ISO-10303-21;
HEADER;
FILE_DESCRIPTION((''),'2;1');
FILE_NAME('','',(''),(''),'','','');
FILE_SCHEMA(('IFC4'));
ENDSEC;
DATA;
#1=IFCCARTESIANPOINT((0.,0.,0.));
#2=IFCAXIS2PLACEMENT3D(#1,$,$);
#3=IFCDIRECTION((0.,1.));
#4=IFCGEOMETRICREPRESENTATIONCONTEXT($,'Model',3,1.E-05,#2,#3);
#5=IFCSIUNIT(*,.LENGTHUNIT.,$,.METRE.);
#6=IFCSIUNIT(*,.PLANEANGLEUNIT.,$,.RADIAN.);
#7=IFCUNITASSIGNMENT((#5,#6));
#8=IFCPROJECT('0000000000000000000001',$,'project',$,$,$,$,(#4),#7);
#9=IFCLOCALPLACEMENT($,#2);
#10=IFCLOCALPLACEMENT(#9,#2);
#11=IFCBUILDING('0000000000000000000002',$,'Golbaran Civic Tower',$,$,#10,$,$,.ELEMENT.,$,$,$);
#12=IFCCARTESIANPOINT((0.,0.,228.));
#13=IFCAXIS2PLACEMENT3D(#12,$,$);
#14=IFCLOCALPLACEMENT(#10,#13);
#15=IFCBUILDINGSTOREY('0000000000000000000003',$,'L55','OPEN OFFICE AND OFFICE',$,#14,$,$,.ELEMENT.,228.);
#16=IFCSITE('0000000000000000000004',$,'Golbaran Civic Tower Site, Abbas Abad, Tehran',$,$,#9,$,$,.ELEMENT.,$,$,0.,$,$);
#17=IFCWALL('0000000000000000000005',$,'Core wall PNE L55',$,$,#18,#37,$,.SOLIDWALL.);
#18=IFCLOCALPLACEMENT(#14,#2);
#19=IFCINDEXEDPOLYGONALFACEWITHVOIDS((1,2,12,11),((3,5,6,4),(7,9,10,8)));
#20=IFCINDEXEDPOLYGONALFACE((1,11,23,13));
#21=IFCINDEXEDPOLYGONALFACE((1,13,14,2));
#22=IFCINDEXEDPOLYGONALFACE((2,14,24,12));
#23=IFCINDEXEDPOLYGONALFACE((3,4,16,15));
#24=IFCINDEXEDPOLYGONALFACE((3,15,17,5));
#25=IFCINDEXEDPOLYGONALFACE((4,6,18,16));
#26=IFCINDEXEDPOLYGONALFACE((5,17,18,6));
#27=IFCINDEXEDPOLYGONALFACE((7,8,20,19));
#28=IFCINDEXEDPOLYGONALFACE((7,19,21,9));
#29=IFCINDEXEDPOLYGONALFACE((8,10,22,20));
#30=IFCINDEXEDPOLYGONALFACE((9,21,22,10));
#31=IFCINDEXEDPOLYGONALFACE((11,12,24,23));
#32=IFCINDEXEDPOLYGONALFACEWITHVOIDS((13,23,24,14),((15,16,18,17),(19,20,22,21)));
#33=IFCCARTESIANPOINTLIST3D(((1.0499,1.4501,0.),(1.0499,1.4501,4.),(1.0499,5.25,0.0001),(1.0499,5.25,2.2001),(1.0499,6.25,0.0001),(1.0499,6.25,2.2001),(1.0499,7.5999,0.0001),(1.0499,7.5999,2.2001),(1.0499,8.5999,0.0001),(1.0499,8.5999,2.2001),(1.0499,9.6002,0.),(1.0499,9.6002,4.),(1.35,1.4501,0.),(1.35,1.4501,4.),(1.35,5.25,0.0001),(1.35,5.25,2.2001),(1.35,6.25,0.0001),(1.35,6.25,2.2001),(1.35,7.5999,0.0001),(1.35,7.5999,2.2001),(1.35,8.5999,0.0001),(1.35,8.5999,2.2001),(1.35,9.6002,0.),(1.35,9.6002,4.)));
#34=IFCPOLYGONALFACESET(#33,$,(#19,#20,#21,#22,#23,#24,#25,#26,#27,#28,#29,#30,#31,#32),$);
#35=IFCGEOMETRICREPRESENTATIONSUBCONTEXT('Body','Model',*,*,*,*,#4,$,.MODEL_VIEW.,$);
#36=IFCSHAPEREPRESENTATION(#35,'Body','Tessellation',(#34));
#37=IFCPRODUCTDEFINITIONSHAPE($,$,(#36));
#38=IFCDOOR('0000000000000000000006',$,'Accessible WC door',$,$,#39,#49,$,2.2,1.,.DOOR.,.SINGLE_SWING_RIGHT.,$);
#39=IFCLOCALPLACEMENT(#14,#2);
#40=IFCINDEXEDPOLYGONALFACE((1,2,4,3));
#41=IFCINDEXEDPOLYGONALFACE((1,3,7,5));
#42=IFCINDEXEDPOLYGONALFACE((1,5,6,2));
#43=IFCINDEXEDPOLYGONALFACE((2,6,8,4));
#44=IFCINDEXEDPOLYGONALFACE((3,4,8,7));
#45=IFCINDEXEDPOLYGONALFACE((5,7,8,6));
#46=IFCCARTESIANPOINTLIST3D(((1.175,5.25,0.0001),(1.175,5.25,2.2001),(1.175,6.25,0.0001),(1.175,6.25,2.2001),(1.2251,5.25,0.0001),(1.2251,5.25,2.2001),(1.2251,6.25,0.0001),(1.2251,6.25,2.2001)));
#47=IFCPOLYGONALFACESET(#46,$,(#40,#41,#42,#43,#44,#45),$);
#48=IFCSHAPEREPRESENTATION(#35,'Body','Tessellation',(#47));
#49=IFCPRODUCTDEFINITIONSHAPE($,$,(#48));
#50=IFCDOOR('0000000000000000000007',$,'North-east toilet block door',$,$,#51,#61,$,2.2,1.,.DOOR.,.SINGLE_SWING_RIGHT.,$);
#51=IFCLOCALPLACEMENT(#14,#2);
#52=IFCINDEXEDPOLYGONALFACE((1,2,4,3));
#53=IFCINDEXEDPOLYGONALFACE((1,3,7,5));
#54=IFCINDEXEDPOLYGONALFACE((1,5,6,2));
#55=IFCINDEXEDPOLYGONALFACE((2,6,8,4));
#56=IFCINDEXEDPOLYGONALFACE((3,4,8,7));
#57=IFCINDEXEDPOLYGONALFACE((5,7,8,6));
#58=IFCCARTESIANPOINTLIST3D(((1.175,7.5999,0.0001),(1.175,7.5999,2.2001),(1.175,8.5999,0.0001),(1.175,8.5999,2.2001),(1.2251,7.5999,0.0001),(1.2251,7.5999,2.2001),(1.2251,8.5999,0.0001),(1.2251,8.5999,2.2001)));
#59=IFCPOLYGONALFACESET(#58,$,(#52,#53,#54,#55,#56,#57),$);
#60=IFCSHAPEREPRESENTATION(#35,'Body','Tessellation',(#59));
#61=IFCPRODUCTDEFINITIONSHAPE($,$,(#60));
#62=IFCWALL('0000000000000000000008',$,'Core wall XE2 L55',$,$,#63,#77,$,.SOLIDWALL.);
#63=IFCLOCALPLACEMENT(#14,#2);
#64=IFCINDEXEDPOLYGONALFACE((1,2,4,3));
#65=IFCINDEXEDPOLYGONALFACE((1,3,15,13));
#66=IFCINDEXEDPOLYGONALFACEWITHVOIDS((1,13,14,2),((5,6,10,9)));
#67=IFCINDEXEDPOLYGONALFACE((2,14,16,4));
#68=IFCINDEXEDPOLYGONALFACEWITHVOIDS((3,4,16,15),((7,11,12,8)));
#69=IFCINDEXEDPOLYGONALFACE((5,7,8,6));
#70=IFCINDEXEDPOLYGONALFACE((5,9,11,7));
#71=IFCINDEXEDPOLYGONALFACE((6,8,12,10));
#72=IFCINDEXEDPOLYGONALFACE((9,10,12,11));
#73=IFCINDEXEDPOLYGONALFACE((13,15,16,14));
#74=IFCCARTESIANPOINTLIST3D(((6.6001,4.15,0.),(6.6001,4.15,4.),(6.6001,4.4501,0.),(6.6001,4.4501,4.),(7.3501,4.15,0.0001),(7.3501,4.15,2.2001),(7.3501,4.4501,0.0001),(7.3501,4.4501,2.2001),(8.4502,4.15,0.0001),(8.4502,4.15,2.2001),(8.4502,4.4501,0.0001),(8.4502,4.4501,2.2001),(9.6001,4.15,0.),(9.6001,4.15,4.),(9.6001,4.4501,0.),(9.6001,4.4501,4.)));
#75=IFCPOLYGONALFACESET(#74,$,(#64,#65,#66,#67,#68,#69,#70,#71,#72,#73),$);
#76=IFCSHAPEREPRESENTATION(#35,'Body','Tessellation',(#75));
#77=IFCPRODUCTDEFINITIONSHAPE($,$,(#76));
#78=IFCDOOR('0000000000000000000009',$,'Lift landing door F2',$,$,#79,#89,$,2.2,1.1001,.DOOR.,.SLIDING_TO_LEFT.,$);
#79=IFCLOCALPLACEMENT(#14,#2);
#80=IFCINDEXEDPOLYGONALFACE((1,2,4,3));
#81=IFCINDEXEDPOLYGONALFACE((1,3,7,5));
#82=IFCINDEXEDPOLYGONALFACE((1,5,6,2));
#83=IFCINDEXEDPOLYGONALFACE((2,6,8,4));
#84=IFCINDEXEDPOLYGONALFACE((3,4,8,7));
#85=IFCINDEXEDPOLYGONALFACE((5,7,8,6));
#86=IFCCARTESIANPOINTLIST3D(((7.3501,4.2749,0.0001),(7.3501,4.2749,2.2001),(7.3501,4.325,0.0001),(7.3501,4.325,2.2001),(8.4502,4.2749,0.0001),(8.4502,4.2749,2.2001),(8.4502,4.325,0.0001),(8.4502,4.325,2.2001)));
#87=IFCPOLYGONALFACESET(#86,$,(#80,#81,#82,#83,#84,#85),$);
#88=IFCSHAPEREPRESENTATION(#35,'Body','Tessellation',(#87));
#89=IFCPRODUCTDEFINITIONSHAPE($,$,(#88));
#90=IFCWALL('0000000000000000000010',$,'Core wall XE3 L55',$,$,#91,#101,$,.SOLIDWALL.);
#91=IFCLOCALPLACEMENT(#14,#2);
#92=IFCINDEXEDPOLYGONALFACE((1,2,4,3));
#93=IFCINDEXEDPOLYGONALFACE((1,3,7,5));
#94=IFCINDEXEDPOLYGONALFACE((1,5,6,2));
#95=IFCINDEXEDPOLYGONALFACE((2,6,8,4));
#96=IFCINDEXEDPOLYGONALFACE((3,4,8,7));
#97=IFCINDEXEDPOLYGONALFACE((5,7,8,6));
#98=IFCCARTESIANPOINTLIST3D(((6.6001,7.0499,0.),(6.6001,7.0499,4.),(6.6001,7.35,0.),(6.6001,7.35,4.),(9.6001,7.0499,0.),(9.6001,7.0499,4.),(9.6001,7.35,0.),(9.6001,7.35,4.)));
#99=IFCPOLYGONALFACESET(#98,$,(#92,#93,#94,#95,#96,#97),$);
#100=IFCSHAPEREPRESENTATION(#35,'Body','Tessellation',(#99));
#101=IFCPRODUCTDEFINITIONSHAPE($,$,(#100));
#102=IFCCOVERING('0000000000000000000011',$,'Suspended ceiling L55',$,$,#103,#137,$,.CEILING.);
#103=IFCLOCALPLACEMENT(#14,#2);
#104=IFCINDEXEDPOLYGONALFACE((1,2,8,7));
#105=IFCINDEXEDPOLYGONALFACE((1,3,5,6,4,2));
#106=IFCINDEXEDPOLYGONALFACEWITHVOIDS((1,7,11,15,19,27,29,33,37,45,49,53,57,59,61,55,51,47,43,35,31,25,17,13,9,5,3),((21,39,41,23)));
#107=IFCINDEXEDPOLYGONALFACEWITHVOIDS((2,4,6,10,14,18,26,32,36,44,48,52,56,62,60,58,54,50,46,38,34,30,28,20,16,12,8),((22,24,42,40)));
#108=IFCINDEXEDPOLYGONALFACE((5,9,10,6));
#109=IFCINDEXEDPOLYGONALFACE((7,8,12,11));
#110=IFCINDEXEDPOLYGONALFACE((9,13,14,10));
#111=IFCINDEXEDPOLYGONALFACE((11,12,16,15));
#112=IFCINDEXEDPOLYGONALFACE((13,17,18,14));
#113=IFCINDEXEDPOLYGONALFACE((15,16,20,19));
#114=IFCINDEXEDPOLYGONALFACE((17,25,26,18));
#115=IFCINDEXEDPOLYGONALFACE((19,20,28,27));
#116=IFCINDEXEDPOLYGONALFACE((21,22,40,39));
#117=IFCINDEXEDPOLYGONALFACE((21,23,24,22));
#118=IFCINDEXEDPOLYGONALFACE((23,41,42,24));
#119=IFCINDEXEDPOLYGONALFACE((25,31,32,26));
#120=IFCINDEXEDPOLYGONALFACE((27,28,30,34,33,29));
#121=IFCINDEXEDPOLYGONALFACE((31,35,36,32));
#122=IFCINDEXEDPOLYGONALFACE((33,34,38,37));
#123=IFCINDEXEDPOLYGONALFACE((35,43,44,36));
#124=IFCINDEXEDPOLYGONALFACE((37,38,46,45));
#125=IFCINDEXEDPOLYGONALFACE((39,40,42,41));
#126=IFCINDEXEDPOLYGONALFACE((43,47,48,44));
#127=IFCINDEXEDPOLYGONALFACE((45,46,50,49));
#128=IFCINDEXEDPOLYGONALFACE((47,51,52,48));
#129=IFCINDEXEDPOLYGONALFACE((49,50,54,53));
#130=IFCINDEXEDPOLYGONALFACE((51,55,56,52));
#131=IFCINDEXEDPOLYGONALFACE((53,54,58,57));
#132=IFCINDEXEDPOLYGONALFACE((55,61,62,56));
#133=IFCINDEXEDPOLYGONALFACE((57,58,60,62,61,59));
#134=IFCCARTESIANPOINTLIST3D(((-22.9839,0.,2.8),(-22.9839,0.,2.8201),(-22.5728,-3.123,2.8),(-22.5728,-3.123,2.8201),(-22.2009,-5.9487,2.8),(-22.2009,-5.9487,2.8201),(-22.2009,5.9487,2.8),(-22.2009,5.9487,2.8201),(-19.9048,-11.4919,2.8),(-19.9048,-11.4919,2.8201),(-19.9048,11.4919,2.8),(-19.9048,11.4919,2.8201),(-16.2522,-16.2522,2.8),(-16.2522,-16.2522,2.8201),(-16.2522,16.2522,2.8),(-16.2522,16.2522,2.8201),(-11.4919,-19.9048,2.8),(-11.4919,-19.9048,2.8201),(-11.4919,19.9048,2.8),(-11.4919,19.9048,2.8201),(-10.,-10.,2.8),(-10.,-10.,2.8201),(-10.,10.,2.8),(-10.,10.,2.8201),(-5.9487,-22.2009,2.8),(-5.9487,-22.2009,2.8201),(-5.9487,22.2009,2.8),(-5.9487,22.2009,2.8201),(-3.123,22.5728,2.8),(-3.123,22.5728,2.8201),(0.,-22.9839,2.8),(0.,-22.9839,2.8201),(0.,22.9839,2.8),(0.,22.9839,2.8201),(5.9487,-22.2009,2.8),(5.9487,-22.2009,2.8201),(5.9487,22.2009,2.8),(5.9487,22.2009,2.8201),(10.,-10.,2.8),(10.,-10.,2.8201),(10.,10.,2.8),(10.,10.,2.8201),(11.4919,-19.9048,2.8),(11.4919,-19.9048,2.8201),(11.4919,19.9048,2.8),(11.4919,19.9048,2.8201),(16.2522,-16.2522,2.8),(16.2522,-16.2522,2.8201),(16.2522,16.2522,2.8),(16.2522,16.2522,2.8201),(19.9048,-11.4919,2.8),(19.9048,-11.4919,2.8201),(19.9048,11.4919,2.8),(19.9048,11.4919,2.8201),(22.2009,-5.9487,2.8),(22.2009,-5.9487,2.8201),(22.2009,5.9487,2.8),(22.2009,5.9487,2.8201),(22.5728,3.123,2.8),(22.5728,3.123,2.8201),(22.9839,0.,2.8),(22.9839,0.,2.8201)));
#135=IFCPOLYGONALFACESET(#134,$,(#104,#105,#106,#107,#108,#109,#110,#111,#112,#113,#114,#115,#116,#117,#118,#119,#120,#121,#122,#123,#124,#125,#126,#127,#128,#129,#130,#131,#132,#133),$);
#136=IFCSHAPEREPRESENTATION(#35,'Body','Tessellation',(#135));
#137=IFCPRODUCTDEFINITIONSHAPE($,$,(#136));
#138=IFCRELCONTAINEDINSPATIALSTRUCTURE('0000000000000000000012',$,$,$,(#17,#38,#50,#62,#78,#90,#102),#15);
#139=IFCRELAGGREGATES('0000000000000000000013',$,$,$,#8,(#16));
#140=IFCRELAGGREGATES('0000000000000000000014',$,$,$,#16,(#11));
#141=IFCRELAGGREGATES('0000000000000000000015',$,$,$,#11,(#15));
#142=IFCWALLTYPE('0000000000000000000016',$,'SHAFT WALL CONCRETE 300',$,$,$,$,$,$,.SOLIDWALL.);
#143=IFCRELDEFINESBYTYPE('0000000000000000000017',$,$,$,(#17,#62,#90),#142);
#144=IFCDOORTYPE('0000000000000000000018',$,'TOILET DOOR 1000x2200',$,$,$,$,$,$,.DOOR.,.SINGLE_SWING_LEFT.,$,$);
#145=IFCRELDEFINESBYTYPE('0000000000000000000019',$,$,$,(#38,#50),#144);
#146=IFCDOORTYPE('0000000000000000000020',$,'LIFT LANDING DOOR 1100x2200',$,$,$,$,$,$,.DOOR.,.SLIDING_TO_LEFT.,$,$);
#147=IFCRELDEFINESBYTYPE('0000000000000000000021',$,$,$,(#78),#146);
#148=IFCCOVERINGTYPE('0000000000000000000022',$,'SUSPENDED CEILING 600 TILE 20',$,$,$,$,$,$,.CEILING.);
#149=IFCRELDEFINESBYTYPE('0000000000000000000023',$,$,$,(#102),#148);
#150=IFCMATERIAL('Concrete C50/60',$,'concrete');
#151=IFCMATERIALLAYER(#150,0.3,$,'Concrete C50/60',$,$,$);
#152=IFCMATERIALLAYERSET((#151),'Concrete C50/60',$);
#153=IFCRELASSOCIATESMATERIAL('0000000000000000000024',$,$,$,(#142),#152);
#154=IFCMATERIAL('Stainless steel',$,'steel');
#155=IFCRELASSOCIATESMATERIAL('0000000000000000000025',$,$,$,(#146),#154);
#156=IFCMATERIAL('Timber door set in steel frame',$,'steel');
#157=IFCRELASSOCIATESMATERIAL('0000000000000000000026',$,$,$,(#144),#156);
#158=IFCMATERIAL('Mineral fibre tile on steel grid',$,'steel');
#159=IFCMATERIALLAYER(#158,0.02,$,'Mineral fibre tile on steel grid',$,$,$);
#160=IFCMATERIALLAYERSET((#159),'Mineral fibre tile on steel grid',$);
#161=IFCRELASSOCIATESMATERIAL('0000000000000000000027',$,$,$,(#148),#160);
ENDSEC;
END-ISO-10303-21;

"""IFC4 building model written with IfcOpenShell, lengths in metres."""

from ifc_helpers import new_model, si_unit, direction, frame, frame_2d, origin, place, context, subcontext, project, spatial, polyline, rectangle, outline, extrude, material, layer, layer_set, type_object, element, fill, save


model = new_model("IFC4")

# Units and contexts
model_context = context("Model", 3, precision=1e-05, world=origin(), true_north=direction((0.0, 1.0)))
body_context = subcontext(model_context, "Body", "Model", "MODEL_VIEW")
ifc_project = project(units=[si_unit("LENGTHUNIT", "METRE"), si_unit("PLANEANGLEUNIT", "RADIAN")], contexts=[model_context])

# Site, building, storey
site_placement = place(None, origin())
site = spatial("IfcSite", under=ifc_project, at=site_placement, Name="Golbaran Civic Tower Site, Abbas Abad, Tehran", CompositionType="ELEMENT", RefElevation=0.0)
building_placement = place(site_placement, origin())
building = spatial("IfcBuilding", under=site, at=building_placement, Name="Golbaran Civic Tower", CompositionType="ELEMENT")
storey_placement = place(building_placement, frame((0.0, 0.0, 228.0)))
storey = spatial("IfcBuildingStorey", under=building, at=storey_placement, Name="L55", Description="OPEN OFFICE AND OFFICE", CompositionType="ELEMENT", Elevation=228.0)

# Shared definitions
ifc_material_1 = material(Name="Timber door set in steel frame", Category="steel")

# Shared definitions
ifc_material_2 = material(Name="Concrete C50/60", Category="concrete")
ifc_layer_1 = layer(ifc_material_2, 0.3, Name="Concrete C50/60")
ifc_layer_set_1 = layer_set([ifc_layer_1], Name="Concrete C50/60")
wall_type_1 = type_object("IfcWallType", Name="SHAFT WALL CONCRETE 300", PredefinedType="SOLIDWALL", material=ifc_layer_set_1)
ifc_material_3 = material(Name="Stainless steel", Category="steel")
door_type_1 = type_object("IfcDoorType", Name="LIFT LANDING DOOR 1100x2200", OperationType="SLIDING_TO_LEFT", PredefinedType="DOOR", material=ifc_material_3)

# Wall, openings, doors
wall_1_placement = place(storey_placement, frame((1.2, 1.45, 0.0), z_axis=(0.0, 0.0, 1.0), x_axis=(0.0, 1.0, 0.0)))
wall_1 = element("IfcWall", 1, at=wall_1_placement, inside=storey, type_object=wall_type_1, Name="Core wall PNE L55", PredefinedType="SOLIDWALL", context=body_context, shape_type="SweptSolid", body=[
    extrude(rectangle(XDim=8.1501, YDim=0.3, at=frame_2d((4.0752, 0.0))), origin(), (0.0, 0.0, 1.0), 4.0),
])
opening_1_placement = place(wall_1_placement, frame((3.8, 0.0, 0.0)))
opening_1 = element("IfcOpeningElement", 2, at=opening_1_placement, cuts=wall_1, PredefinedType="OPENING", context=body_context, shape_type="SweptSolid", body=[
    extrude(rectangle(XDim=1.0, YDim=2.2, at=frame_2d((0.5, 1.1001))), frame((0.0, 0.1599, 0.0), z_axis=(0.0, -1.0, 0.0), x_axis=(1.0, 0.0, 0.0)), (0.0, 0.0, 1.0), 0.3201),
])
opening_2_placement = place(wall_1_placement, frame((6.1499, 0.0, 0.0)))
opening_2 = element("IfcOpeningElement", 3, at=opening_2_placement, cuts=wall_1, PredefinedType="OPENING", context=body_context, shape_type="SweptSolid", body=[
    extrude(rectangle(XDim=1.0, YDim=2.2, at=frame_2d((0.5, 1.1001))), frame((0.0, 0.1599, 0.0), z_axis=(0.0, -1.0, 0.0), x_axis=(1.0, 0.0, 0.0)), (0.0, 0.0, 1.0), 0.3201),
])
door_type_2 = type_object("IfcDoorType", Name="TOILET DOOR 1000x2200", OperationType="SINGLE_SWING_LEFT", PredefinedType="DOOR", material=ifc_material_1)
door_1_placement = place(opening_1_placement, origin())
door_1 = element("IfcDoor", 4, at=door_1_placement, inside=storey, type_object=door_type_2, Name="Accessible WC door", OperationType="SINGLE_SWING_RIGHT", OverallHeight=2.2, OverallWidth=1.0, PredefinedType="DOOR", context=body_context, shape_type="SweptSolid", body=[
    extrude(rectangle(XDim=1.0, YDim=2.2, at=frame_2d((0.5, 1.1001))), frame((0.0, 0.0249, 0.0), z_axis=(0.0, -1.0, 0.0), x_axis=(1.0, 0.0, 0.0)), (0.0, 0.0, 1.0), 0.05),
])
fill(opening_1, door_1)
door_2_placement = place(opening_2_placement, origin())
door_2 = element("IfcDoor", 5, at=door_2_placement, inside=storey, type_object=door_type_2, Name="North-east toilet block door", OperationType="SINGLE_SWING_RIGHT", OverallHeight=2.2, OverallWidth=1.0, PredefinedType="DOOR", context=body_context, shape_type="SweptSolid", body=[
    extrude(rectangle(XDim=1.0, YDim=2.2, at=frame_2d((0.5, 1.1001))), frame((0.0, 0.0249, 0.0), z_axis=(0.0, -1.0, 0.0), x_axis=(1.0, 0.0, 0.0)), (0.0, 0.0, 1.0), 0.05),
])
fill(opening_2, door_2)

# Wall, opening, door
wall_2_placement = place(storey_placement, frame((6.6001, 4.3, 0.0), z_axis=(0.0, 0.0, 1.0), x_axis=(1.0, 0.0, 0.0)))
wall_2 = element("IfcWall", 6, at=wall_2_placement, inside=storey, type_object=wall_type_1, Name="Core wall XE2 L55", PredefinedType="SOLIDWALL", context=body_context, shape_type="SweptSolid", body=[
    extrude(rectangle(XDim=3.0, YDim=0.3, at=frame_2d((1.5, 0.0))), origin(), (0.0, 0.0, 1.0), 4.0),
])
opening_3_placement = place(wall_2_placement, frame((0.75, 0.0, 0.0)))
opening_3 = element("IfcOpeningElement", 7, at=opening_3_placement, cuts=wall_2, PredefinedType="OPENING", context=body_context, shape_type="SweptSolid", body=[
    extrude(rectangle(XDim=1.1001, YDim=2.2, at=frame_2d((0.55, 1.1001))), frame((0.0, 0.1599, 0.0), z_axis=(0.0, -1.0, 0.0), x_axis=(1.0, 0.0, 0.0)), (0.0, 0.0, 1.0), 0.3201),
])
door_3_placement = place(opening_3_placement, origin())
door_3 = element("IfcDoor", 8, at=door_3_placement, inside=storey, type_object=door_type_1, Name="Lift landing door F2", OperationType="SLIDING_TO_LEFT", OverallHeight=2.2, OverallWidth=1.1001, PredefinedType="DOOR", context=body_context, shape_type="SweptSolid", body=[
    extrude(rectangle(XDim=1.1001, YDim=2.2, at=frame_2d((0.55, 1.1001))), frame((0.0, 0.0249, 0.0), z_axis=(0.0, -1.0, 0.0), x_axis=(1.0, 0.0, 0.0)), (0.0, 0.0, 1.0), 0.05),
])
fill(opening_3, door_3)

# Wall
wall_3_placement = place(storey_placement, frame((6.6001, 7.2, 0.0), z_axis=(0.0, 0.0, 1.0), x_axis=(1.0, 0.0, 0.0)))
element("IfcWall", 9, at=wall_3_placement, inside=storey, type_object=wall_type_1, Name="Core wall XE3 L55", PredefinedType="SOLIDWALL", context=body_context, shape_type="SweptSolid", body=[
    extrude(rectangle(XDim=3.0, YDim=0.3, at=frame_2d((1.5, 0.0))), origin(), (0.0, 0.0, 1.0), 4.0),
])

# Covering
ifc_material_4 = material(Name="Mineral fibre tile on steel grid", Category="steel")
ifc_layer_2 = layer(ifc_material_4, 0.02, Name="Mineral fibre tile on steel grid")
ifc_layer_set_2 = layer_set([ifc_layer_2], Name="Mineral fibre tile on steel grid")
covering_type = type_object("IfcCoveringType", Name="SUSPENDED CEILING 600 TILE 20", PredefinedType="CEILING", material=ifc_layer_set_2)
covering_placement = place(storey_placement, frame((0.0, 0.0, 2.8)))
element("IfcCovering", 10, at=covering_placement, inside=storey, type_object=covering_type, Name="Suspended ceiling L55", PredefinedType="CEILING", context=body_context, shape_type="SweptSolid", body=[
    extrude(outline(polyline([(-19.9048, 11.4919), (-16.2522, 16.2522), (-11.4919, 19.9048), (-5.9487, 22.2009), (-3.123, 22.5728), (0.0, 22.9839), (5.9487, 22.2009), (11.4919, 19.9048), (16.2522, 16.2522), (19.9048, 11.4919), (22.2009, 5.9487), (22.5728, 3.123), (22.9839, 0.0), (22.2009, -5.9487), (19.9048, -11.4919), (16.2522, -16.2522), (11.4919, -19.9048), (5.9487, -22.2009), (0.0, -22.9839), (-5.9487, -22.2009), (-11.4919, -19.9048), (-16.2522, -16.2522), (-19.9048, -11.4919), (-22.2009, -5.9487), (-22.5728, -3.123), (-22.9839, 0.0), (-22.2009, 5.9487), (-19.9048, 11.4919)]), holes=[polyline([(10.0, 10.0), (-10.0, 10.0), (-10.0, -10.0), (10.0, -10.0), (10.0, 10.0)])]), origin(), (0.0, 0.0, 1.0), 0.02),
])

save(model, "model.ifc")
